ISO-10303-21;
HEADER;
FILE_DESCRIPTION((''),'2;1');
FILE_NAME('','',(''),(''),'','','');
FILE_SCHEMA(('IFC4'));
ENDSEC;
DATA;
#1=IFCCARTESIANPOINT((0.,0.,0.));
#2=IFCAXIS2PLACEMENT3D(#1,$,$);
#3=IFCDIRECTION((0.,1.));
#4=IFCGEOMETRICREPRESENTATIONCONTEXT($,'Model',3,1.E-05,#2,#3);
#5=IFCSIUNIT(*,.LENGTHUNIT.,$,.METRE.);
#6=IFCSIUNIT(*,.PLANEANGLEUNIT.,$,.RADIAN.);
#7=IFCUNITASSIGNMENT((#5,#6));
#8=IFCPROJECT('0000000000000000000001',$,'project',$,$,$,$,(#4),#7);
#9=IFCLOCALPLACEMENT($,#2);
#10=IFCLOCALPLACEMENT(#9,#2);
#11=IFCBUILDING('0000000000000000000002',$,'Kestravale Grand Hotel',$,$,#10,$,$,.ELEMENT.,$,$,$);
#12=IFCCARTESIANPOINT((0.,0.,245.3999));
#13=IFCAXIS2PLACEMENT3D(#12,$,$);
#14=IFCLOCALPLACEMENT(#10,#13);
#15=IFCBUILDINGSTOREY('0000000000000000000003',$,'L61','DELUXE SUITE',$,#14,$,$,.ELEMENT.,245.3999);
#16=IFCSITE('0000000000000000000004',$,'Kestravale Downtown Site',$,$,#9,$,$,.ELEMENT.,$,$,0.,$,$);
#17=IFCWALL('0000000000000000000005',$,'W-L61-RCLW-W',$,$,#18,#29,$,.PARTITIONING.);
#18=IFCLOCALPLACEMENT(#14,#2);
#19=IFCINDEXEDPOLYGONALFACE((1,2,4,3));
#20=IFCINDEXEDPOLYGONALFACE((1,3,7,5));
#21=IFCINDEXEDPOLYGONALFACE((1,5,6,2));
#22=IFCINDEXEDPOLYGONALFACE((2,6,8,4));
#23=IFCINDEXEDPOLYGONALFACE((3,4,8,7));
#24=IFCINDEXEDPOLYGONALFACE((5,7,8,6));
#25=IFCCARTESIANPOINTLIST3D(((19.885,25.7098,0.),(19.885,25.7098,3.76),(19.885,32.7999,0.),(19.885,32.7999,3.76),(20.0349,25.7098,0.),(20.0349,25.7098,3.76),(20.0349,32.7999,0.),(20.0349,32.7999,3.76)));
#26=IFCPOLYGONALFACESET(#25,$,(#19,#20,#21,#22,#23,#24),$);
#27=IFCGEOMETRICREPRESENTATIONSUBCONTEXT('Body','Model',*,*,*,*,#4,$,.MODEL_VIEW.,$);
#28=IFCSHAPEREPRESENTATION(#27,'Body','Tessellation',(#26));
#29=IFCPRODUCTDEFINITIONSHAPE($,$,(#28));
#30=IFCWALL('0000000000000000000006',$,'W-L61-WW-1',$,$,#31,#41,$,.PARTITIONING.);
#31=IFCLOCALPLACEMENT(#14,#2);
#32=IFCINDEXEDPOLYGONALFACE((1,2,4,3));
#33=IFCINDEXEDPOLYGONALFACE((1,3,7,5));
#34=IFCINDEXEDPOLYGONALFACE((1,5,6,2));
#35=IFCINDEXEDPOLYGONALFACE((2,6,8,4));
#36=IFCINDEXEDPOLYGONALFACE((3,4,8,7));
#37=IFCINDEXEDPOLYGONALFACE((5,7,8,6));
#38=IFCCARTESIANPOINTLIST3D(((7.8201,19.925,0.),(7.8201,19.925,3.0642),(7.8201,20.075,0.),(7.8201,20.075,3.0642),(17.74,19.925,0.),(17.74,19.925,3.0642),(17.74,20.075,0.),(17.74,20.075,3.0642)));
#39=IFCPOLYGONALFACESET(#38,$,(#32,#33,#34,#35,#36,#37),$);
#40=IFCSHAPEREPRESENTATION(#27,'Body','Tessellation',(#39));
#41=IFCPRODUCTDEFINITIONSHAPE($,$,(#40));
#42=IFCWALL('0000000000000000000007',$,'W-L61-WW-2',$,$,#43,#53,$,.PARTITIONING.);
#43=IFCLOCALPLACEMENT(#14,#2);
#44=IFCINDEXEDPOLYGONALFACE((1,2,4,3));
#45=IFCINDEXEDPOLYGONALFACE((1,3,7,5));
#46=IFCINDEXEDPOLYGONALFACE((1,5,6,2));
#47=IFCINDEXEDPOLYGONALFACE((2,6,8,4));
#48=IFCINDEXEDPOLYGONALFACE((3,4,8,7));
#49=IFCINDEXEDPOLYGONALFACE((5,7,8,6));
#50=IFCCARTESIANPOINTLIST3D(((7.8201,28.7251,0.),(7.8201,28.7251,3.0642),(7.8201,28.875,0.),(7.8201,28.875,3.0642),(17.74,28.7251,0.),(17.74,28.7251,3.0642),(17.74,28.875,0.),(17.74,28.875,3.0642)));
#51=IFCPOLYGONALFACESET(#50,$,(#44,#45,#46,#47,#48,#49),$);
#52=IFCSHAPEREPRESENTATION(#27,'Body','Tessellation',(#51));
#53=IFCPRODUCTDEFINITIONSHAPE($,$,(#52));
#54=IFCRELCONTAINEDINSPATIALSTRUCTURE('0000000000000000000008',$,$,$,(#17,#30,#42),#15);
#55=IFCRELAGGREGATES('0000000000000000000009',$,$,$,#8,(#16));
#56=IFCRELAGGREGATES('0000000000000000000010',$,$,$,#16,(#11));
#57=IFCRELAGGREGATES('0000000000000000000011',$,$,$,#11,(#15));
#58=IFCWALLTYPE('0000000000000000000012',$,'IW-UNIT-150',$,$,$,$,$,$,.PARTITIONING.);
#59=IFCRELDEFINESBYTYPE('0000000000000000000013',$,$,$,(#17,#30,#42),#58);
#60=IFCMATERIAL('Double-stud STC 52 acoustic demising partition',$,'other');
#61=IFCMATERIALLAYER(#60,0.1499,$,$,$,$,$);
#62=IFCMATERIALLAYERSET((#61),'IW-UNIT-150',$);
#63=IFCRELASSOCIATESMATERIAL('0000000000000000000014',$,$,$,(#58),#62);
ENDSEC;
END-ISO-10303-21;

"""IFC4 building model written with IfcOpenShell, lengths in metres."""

from ifc_helpers import new_model, si_unit, direction, frame, frame_2d, origin, place, context, subcontext, project, spatial, rectangle, extrude, material, layer, layer_set, type_object, element, save


model = new_model("IFC4")

# Units and contexts
model_context = context("Model", 3, precision=1e-05, world=origin(), true_north=direction((0.0, 1.0)))
body_context = subcontext(model_context, "Body", "Model", "MODEL_VIEW")
ifc_project = project(units=[si_unit("LENGTHUNIT", "METRE"), si_unit("PLANEANGLEUNIT", "RADIAN")], contexts=[model_context])

# Site, building, storey
site_placement = place(None, origin())
site = spatial("IfcSite", under=ifc_project, at=site_placement, Name="Kestravale Downtown Site", CompositionType="ELEMENT", RefElevation=0.0)
building_placement = place(site_placement, origin())
building = spatial("IfcBuilding", under=site, at=building_placement, Name="Kestravale Grand Hotel", CompositionType="ELEMENT")
storey_placement = place(building_placement, frame((0.0, 0.0, 245.3999)))
storey = spatial("IfcBuildingStorey", under=building, at=storey_placement, Name="L61", Description="DELUXE SUITE", CompositionType="ELEMENT", Elevation=245.3999)

# Walls
ifc_material_1 = material(Name="Double-stud STC 52 acoustic demising partition", Category="other")
ifc_layer_1 = layer(ifc_material_1, 0.1499)
ifc_layer_set_1 = layer_set([ifc_layer_1], Name="IW-UNIT-150")
wall_type_1 = type_object("IfcWallType", Name="IW-UNIT-150", PredefinedType="PARTITIONING", material=ifc_layer_set_1)
wall_1_placement = place(storey_placement, frame((19.96, 25.71, 0.0), z_axis=(0.0, 0.0, 1.0), x_axis=(0.0, 1.0, 0.0)))
element("IfcWall", 1, at=wall_1_placement, inside=storey, type_object=wall_type_1, Name="W-L61-RCLW-W", PredefinedType="PARTITIONING", context=body_context, shape_type="SweptSolid", body=[
    extrude(rectangle(XDim=7.0901, YDim=0.1499, at=frame_2d((3.5449, 0.0))), origin(), (0.0, 0.0, 1.0), 3.76),
])
for number, where, z_axis, x_axis, name in (
    (2, (7.8201, 20.0, 0.0), (0.0, 0.0, 1.0), (1.0, 0.0, 0.0), "W-L61-WW-1"),
    (3, (7.8201, 28.8, 0.0), (0.0, 0.0, 1.0), (1.0, 0.0, 0.0), "W-L61-WW-2"),
):
    element("IfcWall", number, at=place(storey_placement, frame(where, z_axis=z_axis, x_axis=x_axis)), inside=storey, type_object=wall_type_1, Name=name, PredefinedType="PARTITIONING", context=body_context, shape_type="SweptSolid", body=[
        extrude(rectangle(XDim=9.9199, YDim=0.1499, at=frame_2d((4.96, 0.0))), origin(), (0.0, 0.0, 1.0), 3.0642),
    ])

save(model, "model.ifc")
